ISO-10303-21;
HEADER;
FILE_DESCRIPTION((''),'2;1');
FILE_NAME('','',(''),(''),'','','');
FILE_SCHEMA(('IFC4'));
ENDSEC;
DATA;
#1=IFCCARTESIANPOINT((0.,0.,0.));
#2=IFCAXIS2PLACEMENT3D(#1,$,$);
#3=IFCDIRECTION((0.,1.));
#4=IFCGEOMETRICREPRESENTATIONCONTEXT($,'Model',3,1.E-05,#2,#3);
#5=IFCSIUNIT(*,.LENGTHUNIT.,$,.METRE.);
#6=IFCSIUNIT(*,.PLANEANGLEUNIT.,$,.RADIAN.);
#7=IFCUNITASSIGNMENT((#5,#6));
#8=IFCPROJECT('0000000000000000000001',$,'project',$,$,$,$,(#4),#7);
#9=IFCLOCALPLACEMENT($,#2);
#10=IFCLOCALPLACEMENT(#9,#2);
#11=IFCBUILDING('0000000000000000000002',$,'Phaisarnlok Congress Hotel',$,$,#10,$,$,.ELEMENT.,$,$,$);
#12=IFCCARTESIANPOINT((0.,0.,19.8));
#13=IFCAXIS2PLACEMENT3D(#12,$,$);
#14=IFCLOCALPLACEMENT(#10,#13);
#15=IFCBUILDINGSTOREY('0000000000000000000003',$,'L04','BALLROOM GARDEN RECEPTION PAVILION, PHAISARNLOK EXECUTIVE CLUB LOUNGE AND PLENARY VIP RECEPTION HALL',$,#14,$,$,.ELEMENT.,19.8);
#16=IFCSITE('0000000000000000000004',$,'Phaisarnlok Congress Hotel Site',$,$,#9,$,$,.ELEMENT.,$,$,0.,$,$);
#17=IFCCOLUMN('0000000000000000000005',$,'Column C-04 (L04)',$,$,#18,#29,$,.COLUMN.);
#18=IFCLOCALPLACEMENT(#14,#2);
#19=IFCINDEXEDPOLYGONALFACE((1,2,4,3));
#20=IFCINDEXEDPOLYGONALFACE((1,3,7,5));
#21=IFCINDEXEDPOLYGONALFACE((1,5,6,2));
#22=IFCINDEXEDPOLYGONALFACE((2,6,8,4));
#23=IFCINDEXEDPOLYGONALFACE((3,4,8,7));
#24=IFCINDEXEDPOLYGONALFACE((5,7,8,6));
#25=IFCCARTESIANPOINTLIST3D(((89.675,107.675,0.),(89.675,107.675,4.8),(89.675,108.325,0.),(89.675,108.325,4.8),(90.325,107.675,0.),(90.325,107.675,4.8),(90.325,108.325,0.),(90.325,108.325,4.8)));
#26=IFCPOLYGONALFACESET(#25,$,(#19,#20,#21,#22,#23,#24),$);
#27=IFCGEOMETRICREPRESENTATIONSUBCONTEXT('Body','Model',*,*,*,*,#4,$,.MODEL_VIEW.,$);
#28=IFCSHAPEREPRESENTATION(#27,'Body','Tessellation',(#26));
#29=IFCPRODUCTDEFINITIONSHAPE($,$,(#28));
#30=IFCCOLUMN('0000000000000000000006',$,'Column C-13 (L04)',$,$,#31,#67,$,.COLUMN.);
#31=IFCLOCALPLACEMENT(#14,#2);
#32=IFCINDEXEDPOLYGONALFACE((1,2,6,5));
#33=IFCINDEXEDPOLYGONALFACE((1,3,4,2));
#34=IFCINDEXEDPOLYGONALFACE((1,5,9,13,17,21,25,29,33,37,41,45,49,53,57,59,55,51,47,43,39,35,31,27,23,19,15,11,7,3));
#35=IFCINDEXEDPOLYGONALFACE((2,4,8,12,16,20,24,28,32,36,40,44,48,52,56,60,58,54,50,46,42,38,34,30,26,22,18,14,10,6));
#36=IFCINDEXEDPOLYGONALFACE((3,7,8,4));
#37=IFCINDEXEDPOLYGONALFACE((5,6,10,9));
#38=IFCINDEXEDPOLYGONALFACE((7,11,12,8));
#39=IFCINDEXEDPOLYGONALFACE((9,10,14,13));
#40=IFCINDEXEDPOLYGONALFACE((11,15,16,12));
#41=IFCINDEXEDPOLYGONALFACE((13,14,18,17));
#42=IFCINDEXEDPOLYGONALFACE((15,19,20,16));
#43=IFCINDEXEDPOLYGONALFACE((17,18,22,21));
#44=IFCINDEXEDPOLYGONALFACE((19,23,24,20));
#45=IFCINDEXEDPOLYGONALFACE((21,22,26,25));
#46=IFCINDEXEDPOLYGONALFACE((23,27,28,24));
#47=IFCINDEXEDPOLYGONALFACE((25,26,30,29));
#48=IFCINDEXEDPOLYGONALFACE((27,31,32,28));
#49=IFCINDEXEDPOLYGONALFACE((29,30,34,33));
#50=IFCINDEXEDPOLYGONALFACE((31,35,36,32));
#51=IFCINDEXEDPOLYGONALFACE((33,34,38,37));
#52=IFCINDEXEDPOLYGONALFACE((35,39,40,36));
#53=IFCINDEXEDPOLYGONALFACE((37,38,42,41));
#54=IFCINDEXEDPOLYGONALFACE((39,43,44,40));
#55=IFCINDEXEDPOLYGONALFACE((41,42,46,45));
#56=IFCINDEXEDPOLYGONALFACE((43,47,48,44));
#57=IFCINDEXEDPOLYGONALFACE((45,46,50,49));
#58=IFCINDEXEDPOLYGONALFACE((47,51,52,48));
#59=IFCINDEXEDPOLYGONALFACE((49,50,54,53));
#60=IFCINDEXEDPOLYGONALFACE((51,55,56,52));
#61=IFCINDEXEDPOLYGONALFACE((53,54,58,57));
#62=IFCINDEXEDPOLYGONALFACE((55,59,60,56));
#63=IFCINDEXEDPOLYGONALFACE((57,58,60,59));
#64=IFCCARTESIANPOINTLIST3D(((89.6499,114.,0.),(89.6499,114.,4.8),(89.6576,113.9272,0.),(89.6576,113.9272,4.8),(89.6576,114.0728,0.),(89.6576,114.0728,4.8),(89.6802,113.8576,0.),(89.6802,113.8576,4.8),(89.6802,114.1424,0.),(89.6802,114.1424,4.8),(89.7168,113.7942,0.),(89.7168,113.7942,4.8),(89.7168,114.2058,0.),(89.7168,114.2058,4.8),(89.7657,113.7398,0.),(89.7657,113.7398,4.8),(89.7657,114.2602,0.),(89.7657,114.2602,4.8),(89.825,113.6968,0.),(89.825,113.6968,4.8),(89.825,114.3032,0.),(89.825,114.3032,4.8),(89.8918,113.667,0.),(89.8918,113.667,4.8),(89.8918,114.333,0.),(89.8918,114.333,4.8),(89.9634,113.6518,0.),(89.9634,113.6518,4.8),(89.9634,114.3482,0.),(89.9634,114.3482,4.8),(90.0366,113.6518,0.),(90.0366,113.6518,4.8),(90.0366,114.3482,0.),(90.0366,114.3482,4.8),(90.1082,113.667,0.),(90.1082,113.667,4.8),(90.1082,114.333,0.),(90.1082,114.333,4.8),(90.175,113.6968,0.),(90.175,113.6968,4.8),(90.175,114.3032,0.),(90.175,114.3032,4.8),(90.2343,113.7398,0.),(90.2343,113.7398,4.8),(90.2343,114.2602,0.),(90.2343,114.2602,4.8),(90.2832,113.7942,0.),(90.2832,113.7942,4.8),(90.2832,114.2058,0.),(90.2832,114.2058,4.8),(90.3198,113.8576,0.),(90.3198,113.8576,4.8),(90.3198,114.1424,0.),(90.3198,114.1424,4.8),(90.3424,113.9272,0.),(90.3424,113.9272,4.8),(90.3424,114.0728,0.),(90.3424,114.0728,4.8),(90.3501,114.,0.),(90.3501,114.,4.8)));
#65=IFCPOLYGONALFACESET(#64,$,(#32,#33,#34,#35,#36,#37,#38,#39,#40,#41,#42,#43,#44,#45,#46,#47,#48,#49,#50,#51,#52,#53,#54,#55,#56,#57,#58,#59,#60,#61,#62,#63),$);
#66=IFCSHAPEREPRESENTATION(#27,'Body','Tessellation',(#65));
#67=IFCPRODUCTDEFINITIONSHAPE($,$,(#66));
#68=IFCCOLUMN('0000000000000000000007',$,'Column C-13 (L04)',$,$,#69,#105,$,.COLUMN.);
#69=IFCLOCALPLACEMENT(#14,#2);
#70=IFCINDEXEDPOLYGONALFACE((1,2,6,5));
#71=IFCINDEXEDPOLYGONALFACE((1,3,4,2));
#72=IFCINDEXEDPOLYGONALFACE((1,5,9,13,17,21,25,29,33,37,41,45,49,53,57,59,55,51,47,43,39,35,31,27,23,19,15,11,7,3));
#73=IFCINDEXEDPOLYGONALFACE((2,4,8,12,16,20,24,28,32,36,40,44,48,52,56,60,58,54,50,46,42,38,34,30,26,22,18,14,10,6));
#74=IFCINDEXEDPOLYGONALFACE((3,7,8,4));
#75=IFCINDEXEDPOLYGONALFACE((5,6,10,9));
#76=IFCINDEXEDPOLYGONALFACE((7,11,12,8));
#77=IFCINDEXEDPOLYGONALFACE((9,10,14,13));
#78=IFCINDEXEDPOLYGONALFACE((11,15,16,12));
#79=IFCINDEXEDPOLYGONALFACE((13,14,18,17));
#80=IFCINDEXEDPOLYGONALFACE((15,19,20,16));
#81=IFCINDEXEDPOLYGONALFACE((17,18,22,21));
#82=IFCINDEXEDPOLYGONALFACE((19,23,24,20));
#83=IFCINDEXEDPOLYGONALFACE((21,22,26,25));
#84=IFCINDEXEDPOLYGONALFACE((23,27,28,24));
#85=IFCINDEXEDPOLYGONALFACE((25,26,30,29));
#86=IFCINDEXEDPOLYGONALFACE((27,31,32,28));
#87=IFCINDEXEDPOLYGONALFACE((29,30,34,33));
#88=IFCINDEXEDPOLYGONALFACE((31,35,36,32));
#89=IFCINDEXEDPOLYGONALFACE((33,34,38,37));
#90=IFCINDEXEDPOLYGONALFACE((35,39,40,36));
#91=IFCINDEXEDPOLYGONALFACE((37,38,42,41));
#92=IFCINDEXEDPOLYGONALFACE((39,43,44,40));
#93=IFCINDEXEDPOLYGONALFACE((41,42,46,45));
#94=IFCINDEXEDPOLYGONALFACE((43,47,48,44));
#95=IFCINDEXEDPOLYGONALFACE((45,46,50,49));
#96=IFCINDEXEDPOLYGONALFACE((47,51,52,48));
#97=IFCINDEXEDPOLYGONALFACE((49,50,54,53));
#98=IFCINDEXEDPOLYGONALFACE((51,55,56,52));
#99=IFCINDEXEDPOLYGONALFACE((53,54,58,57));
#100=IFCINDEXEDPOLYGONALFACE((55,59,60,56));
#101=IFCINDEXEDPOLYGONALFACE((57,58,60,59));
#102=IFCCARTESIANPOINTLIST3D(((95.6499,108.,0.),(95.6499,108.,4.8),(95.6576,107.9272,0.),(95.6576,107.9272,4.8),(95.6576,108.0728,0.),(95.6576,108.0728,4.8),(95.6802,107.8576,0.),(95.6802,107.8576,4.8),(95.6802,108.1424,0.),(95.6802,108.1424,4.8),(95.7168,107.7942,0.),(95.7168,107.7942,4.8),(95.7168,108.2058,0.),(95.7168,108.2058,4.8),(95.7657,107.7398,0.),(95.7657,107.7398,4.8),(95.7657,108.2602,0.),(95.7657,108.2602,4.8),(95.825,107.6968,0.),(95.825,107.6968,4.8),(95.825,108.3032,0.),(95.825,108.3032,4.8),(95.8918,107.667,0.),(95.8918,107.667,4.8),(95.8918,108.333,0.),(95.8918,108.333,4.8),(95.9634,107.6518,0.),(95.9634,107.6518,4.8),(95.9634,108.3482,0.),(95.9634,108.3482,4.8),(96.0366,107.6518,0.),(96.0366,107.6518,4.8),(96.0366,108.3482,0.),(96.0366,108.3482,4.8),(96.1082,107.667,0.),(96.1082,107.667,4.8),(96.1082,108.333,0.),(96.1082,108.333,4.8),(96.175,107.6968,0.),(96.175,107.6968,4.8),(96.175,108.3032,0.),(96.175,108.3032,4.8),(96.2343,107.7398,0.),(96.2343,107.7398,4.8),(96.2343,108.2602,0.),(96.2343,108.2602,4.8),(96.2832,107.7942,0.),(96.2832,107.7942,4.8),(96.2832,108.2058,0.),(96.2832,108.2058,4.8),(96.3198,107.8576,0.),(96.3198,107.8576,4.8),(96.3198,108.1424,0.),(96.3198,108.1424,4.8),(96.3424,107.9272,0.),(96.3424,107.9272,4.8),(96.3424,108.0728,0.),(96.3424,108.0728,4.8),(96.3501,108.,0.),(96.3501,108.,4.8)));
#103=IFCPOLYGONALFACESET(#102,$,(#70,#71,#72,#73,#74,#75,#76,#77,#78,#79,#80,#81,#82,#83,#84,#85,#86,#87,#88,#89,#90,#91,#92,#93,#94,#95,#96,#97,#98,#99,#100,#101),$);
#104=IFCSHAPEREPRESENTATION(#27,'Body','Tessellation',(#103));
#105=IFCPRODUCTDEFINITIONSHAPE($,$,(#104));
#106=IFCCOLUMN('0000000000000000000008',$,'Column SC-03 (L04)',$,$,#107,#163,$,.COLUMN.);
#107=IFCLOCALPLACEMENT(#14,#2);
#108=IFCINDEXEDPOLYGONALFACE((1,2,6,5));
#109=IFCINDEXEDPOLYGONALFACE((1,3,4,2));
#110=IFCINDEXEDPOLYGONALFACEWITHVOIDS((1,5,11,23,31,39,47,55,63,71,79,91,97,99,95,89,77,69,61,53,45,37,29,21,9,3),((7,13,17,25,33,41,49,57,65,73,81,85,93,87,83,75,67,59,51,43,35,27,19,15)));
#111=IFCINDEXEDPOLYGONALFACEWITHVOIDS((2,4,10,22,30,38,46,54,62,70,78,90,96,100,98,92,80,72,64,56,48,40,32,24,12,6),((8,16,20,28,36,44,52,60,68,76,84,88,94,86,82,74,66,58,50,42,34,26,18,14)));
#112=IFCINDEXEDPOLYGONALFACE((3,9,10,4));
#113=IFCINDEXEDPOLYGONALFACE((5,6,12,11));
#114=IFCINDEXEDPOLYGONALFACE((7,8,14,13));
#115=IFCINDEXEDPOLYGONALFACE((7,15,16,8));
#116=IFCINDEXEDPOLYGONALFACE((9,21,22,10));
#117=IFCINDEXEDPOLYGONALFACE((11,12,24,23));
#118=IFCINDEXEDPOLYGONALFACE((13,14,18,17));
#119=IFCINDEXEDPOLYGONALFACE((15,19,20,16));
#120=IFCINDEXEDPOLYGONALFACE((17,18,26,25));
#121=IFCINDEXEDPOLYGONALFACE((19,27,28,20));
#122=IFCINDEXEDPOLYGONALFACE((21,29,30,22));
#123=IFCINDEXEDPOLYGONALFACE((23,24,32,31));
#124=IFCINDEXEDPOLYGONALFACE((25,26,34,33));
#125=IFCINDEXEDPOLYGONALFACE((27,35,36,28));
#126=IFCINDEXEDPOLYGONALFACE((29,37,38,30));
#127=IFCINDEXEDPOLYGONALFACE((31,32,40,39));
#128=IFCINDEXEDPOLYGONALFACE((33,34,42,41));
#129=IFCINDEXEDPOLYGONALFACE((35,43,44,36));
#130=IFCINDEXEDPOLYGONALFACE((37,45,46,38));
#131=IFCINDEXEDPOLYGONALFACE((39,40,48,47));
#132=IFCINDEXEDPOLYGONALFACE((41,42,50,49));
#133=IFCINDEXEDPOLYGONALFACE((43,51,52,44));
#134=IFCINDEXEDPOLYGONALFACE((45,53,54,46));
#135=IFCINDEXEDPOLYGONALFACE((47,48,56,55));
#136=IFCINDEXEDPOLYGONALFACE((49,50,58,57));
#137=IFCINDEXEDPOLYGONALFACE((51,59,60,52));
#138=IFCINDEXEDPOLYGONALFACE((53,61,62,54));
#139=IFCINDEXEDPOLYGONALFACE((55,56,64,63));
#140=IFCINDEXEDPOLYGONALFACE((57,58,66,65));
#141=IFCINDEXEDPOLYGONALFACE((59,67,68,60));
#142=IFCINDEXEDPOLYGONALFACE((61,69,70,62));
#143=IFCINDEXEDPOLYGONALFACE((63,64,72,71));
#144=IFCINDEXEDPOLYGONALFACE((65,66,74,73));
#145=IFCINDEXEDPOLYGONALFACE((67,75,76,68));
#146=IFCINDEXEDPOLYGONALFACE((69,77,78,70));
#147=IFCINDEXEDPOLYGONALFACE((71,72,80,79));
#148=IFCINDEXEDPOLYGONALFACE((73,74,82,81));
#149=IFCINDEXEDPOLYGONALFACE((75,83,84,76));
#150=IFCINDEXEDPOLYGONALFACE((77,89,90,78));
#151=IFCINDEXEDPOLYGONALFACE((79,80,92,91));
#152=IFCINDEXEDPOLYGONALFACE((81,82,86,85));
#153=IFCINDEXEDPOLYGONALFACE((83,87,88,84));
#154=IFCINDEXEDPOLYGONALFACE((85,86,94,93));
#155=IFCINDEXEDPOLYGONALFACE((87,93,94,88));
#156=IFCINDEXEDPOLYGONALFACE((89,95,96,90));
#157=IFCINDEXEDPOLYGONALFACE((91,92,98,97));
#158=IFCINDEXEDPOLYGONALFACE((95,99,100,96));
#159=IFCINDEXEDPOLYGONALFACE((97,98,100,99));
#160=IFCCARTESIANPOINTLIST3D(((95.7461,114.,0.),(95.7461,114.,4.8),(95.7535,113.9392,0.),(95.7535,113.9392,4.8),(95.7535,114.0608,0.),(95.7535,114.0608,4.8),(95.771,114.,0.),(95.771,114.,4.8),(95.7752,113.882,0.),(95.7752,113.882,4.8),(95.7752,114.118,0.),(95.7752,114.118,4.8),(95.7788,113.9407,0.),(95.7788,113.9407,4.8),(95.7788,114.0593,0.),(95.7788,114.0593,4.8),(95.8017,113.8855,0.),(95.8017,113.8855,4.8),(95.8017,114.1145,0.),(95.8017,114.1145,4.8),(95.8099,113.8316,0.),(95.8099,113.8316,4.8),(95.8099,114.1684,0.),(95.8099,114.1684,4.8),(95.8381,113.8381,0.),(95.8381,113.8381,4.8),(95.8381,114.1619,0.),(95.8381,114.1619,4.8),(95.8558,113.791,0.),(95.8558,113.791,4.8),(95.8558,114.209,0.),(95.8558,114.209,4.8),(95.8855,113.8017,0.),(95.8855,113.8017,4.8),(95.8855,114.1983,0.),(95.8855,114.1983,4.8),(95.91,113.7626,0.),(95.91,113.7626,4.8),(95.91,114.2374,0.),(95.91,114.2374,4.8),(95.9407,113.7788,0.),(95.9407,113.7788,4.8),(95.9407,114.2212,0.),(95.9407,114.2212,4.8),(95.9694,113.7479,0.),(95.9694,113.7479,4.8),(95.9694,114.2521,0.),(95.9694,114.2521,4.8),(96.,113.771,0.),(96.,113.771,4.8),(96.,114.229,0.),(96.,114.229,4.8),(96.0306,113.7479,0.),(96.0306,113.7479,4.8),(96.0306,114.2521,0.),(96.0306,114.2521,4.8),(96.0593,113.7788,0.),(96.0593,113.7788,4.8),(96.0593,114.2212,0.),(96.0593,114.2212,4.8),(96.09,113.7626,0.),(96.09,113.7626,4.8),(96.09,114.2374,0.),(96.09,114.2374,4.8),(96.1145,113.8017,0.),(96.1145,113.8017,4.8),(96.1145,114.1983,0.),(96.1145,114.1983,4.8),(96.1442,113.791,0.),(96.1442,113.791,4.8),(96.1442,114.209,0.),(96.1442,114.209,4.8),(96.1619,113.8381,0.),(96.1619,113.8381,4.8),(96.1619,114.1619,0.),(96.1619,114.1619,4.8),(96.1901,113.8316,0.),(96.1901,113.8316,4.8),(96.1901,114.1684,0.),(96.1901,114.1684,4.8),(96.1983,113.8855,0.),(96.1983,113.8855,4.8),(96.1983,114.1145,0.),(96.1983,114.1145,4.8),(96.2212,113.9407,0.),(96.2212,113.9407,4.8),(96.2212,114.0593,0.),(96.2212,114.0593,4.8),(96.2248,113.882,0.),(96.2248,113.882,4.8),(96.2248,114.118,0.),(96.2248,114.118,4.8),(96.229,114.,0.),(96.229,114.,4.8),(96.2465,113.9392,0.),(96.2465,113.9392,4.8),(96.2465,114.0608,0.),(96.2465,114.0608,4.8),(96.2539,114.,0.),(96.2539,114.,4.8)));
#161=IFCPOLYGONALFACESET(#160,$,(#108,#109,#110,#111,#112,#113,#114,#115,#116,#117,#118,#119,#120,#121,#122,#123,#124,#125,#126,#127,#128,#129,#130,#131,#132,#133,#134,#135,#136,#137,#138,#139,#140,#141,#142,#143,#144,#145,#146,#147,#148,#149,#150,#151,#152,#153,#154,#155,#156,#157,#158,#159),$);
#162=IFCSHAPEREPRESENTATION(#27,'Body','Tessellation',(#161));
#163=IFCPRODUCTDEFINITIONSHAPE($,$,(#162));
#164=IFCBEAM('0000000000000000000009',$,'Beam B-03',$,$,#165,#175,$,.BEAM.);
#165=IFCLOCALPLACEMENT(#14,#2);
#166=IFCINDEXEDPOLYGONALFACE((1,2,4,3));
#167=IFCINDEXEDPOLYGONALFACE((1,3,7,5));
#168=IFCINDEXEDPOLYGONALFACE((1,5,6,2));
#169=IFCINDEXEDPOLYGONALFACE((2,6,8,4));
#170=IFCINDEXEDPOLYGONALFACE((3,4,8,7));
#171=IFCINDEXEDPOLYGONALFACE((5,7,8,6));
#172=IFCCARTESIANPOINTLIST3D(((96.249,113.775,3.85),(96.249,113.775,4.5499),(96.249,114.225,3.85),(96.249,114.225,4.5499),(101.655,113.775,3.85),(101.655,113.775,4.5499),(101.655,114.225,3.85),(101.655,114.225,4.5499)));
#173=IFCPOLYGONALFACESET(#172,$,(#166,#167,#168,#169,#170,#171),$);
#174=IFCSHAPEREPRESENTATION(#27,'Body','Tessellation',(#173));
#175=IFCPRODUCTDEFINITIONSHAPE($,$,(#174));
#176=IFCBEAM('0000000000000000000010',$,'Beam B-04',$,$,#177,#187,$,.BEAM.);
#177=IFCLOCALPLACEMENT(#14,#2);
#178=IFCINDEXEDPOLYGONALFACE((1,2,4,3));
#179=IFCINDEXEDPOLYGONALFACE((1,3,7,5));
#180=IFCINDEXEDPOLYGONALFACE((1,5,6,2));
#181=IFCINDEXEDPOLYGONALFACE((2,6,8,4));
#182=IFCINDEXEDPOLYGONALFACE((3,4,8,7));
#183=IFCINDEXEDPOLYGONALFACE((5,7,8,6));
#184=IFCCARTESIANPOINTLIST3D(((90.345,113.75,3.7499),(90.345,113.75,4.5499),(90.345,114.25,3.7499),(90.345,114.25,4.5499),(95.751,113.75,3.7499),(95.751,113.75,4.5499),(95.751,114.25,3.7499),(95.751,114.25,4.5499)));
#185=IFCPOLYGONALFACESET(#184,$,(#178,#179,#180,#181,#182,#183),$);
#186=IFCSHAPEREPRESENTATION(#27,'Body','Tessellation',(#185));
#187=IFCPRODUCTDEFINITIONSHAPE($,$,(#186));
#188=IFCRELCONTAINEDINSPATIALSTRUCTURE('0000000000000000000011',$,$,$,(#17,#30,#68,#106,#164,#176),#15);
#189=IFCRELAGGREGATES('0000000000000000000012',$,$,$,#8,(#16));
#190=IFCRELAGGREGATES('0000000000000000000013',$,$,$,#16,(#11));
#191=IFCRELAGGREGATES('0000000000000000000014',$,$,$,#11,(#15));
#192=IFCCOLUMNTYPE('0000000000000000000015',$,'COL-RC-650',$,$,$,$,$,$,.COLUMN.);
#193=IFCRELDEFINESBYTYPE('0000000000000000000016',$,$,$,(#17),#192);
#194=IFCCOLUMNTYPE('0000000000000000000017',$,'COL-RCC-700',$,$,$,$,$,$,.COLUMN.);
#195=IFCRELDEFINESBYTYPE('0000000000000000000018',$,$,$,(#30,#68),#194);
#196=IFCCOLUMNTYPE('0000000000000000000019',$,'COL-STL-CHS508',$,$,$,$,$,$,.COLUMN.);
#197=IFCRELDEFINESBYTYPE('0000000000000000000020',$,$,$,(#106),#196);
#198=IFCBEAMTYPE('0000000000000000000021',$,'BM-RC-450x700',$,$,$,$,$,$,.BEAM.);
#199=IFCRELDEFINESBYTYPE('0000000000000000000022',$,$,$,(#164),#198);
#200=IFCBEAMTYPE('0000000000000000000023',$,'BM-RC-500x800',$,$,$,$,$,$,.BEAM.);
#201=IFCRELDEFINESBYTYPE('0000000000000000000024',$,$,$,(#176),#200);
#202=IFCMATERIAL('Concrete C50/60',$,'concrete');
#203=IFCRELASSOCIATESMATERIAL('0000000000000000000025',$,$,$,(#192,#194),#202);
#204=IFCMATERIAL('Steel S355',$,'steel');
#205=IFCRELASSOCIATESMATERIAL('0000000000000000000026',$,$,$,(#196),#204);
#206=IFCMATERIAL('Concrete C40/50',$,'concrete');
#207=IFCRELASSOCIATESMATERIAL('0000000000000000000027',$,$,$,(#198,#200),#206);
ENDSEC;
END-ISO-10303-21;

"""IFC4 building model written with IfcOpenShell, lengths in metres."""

from ifc_helpers import new_model, si_unit, direction, frame, origin, origin_2d, place, context, subcontext, project, spatial, rectangle, circle, hollow_circle, extrude, material, material_profile, profile_set, type_object, element, save


model = new_model("IFC4")

# Units and contexts
model_context = context("Model", 3, precision=1e-05, world=origin(), true_north=direction((0.0, 1.0)))
body_context = subcontext(model_context, "Body", "Model", "MODEL_VIEW")
ifc_project = project(units=[si_unit("LENGTHUNIT", "METRE"), si_unit("PLANEANGLEUNIT", "RADIAN")], contexts=[model_context])

# Site, building, storey
site_placement = place(None, origin())
site = spatial("IfcSite", under=ifc_project, at=site_placement, Name="Phaisarnlok Congress Hotel Site", CompositionType="ELEMENT", RefElevation=0.0)
building_placement = place(site_placement, origin())
building = spatial("IfcBuilding", under=site, at=building_placement, Name="Phaisarnlok Congress Hotel", CompositionType="ELEMENT")
storey_placement = place(building_placement, frame((0.0, 0.0, 19.8)))
storey = spatial("IfcBuildingStorey", under=building, at=storey_placement, Name="L04", Description="BALLROOM GARDEN RECEPTION PAVILION, PHAISARNLOK EXECUTIVE CLUB LOUNGE AND PLENARY VIP RECEPTION HALL", CompositionType="ELEMENT", Elevation=19.8)

# Columns
ifc_material_1 = material(Name="Concrete C50/60", Category="concrete")
ifc_material_profile_1 = material_profile(ifc_material_1, rectangle(XDim=0.6499, YDim=0.6499, at=origin_2d()), Name="RC 650x650")
ifc_profile_set_1 = profile_set([ifc_material_profile_1], Name="Concrete C50/60")
column_type_1 = type_object("IfcColumnType", Name="COL-RC-650", PredefinedType="COLUMN", material=ifc_profile_set_1)
column_1_placement = place(storey_placement, frame((90.0, 108.0, 0.0), z_axis=(0.0, 0.0, 1.0), x_axis=(1.0, 0.0, 0.0)))
element("IfcColumn", 1, at=column_1_placement, inside=storey, type_object=column_type_1, Name="Column C-04 (L04)", PredefinedType="COLUMN", context=body_context, shape_type="SweptSolid", body=[
    extrude(rectangle(XDim=0.6499, YDim=0.6499, at=origin_2d()), origin(), (0.0, 0.0, 1.0), 4.8),
])
ifc_material_profile_2 = material_profile(ifc_material_1, circle(Radius=0.3501, at=origin_2d()), Name="RCC D700")
ifc_profile_set_2 = profile_set([ifc_material_profile_2], Name="Concrete C50/60")
column_type_2 = type_object("IfcColumnType", Name="COL-RCC-700", PredefinedType="COLUMN", material=ifc_profile_set_2)
for number, where, z_axis, x_axis, name in (
    (2, (90.0, 114.0, 0.0), (0.0, 0.0, 1.0), (1.0, 0.0, 0.0), "Column C-13 (L04)"),
    (3, (96.0, 108.0, 0.0), (0.0, 0.0, 1.0), (1.0, 0.0, 0.0), "Column C-13 (L04)"),
):
    element("IfcColumn", number, at=place(storey_placement, frame(where, z_axis=z_axis, x_axis=x_axis)), inside=storey, type_object=column_type_2, Name=name, PredefinedType="COLUMN", context=body_context, shape_type="SweptSolid", body=[
        extrude(circle(Radius=0.3501, at=origin_2d()), origin(), (0.0, 0.0, 1.0), 4.8),
    ])
ifc_material_2 = material(Name="Steel S355", Category="steel")
ifc_material_profile_3 = material_profile(ifc_material_2, hollow_circle(Radius=0.2539, WallThickness=0.0249, at=origin_2d()), Name="CHS 508x25")
ifc_profile_set_3 = profile_set([ifc_material_profile_3], Name="Steel S355")
column_type_3 = type_object("IfcColumnType", Name="COL-STL-CHS508", PredefinedType="COLUMN", material=ifc_profile_set_3)
column_2_placement = place(storey_placement, frame((96.0, 114.0, 0.0), z_axis=(0.0, 0.0, 1.0), x_axis=(1.0, 0.0, 0.0)))
element("IfcColumn", 4, at=column_2_placement, inside=storey, type_object=column_type_3, Name="Column SC-03 (L04)", PredefinedType="COLUMN", context=body_context, shape_type="SweptSolid", body=[
    extrude(hollow_circle(Radius=0.2539, WallThickness=0.0249, at=origin_2d()), origin(), (0.0, 0.0, 1.0), 4.8),
])

# Beams
ifc_material_3 = material(Name="Concrete C40/50", Category="concrete")
ifc_material_profile_4 = material_profile(ifc_material_3, rectangle(XDim=0.45, YDim=0.7, at=origin_2d()), Name="RC 450x700")
ifc_profile_set_4 = profile_set([ifc_material_profile_4], Name="Concrete C40/50")
beam_type_1 = type_object("IfcBeamType", Name="BM-RC-450x700", PredefinedType="BEAM", material=ifc_profile_set_4)
beam_1_placement = place(storey_placement, frame((96.249, 114.0, 4.2), z_axis=(1.0, 0.0, 0.0), x_axis=(0.0, 1.0, 0.0)))
element("IfcBeam", 5, at=beam_1_placement, inside=storey, type_object=beam_type_1, Name="Beam B-03", PredefinedType="BEAM", context=body_context, shape_type="SweptSolid", body=[
    extrude(rectangle(XDim=0.45, YDim=0.7, at=origin_2d()), origin(), (0.0, 0.0, 1.0), 5.406),
])
ifc_material_profile_5 = material_profile(ifc_material_3, rectangle(XDim=0.5, YDim=0.8, at=origin_2d()), Name="RC 500x800")
ifc_profile_set_5 = profile_set([ifc_material_profile_5], Name="Concrete C40/50")
beam_type_2 = type_object("IfcBeamType", Name="BM-RC-500x800", PredefinedType="BEAM", material=ifc_profile_set_5)
for number, where, z_axis, x_axis, name in (
    (6, (90.345, 114.0, 4.1499), (1.0, 0.0, 0.0), (0.0, 1.0, 0.0), "Beam B-04"),
):
    element("IfcBeam", number, at=place(storey_placement, frame(where, z_axis=z_axis, x_axis=x_axis)), inside=storey, type_object=beam_type_2, Name=name, PredefinedType="BEAM", context=body_context, shape_type="SweptSolid", body=[
        extrude(rectangle(XDim=0.5, YDim=0.8, at=origin_2d()), origin(), (0.0, 0.0, 1.0), 5.406),
    ])

save(model, "model.ifc")
